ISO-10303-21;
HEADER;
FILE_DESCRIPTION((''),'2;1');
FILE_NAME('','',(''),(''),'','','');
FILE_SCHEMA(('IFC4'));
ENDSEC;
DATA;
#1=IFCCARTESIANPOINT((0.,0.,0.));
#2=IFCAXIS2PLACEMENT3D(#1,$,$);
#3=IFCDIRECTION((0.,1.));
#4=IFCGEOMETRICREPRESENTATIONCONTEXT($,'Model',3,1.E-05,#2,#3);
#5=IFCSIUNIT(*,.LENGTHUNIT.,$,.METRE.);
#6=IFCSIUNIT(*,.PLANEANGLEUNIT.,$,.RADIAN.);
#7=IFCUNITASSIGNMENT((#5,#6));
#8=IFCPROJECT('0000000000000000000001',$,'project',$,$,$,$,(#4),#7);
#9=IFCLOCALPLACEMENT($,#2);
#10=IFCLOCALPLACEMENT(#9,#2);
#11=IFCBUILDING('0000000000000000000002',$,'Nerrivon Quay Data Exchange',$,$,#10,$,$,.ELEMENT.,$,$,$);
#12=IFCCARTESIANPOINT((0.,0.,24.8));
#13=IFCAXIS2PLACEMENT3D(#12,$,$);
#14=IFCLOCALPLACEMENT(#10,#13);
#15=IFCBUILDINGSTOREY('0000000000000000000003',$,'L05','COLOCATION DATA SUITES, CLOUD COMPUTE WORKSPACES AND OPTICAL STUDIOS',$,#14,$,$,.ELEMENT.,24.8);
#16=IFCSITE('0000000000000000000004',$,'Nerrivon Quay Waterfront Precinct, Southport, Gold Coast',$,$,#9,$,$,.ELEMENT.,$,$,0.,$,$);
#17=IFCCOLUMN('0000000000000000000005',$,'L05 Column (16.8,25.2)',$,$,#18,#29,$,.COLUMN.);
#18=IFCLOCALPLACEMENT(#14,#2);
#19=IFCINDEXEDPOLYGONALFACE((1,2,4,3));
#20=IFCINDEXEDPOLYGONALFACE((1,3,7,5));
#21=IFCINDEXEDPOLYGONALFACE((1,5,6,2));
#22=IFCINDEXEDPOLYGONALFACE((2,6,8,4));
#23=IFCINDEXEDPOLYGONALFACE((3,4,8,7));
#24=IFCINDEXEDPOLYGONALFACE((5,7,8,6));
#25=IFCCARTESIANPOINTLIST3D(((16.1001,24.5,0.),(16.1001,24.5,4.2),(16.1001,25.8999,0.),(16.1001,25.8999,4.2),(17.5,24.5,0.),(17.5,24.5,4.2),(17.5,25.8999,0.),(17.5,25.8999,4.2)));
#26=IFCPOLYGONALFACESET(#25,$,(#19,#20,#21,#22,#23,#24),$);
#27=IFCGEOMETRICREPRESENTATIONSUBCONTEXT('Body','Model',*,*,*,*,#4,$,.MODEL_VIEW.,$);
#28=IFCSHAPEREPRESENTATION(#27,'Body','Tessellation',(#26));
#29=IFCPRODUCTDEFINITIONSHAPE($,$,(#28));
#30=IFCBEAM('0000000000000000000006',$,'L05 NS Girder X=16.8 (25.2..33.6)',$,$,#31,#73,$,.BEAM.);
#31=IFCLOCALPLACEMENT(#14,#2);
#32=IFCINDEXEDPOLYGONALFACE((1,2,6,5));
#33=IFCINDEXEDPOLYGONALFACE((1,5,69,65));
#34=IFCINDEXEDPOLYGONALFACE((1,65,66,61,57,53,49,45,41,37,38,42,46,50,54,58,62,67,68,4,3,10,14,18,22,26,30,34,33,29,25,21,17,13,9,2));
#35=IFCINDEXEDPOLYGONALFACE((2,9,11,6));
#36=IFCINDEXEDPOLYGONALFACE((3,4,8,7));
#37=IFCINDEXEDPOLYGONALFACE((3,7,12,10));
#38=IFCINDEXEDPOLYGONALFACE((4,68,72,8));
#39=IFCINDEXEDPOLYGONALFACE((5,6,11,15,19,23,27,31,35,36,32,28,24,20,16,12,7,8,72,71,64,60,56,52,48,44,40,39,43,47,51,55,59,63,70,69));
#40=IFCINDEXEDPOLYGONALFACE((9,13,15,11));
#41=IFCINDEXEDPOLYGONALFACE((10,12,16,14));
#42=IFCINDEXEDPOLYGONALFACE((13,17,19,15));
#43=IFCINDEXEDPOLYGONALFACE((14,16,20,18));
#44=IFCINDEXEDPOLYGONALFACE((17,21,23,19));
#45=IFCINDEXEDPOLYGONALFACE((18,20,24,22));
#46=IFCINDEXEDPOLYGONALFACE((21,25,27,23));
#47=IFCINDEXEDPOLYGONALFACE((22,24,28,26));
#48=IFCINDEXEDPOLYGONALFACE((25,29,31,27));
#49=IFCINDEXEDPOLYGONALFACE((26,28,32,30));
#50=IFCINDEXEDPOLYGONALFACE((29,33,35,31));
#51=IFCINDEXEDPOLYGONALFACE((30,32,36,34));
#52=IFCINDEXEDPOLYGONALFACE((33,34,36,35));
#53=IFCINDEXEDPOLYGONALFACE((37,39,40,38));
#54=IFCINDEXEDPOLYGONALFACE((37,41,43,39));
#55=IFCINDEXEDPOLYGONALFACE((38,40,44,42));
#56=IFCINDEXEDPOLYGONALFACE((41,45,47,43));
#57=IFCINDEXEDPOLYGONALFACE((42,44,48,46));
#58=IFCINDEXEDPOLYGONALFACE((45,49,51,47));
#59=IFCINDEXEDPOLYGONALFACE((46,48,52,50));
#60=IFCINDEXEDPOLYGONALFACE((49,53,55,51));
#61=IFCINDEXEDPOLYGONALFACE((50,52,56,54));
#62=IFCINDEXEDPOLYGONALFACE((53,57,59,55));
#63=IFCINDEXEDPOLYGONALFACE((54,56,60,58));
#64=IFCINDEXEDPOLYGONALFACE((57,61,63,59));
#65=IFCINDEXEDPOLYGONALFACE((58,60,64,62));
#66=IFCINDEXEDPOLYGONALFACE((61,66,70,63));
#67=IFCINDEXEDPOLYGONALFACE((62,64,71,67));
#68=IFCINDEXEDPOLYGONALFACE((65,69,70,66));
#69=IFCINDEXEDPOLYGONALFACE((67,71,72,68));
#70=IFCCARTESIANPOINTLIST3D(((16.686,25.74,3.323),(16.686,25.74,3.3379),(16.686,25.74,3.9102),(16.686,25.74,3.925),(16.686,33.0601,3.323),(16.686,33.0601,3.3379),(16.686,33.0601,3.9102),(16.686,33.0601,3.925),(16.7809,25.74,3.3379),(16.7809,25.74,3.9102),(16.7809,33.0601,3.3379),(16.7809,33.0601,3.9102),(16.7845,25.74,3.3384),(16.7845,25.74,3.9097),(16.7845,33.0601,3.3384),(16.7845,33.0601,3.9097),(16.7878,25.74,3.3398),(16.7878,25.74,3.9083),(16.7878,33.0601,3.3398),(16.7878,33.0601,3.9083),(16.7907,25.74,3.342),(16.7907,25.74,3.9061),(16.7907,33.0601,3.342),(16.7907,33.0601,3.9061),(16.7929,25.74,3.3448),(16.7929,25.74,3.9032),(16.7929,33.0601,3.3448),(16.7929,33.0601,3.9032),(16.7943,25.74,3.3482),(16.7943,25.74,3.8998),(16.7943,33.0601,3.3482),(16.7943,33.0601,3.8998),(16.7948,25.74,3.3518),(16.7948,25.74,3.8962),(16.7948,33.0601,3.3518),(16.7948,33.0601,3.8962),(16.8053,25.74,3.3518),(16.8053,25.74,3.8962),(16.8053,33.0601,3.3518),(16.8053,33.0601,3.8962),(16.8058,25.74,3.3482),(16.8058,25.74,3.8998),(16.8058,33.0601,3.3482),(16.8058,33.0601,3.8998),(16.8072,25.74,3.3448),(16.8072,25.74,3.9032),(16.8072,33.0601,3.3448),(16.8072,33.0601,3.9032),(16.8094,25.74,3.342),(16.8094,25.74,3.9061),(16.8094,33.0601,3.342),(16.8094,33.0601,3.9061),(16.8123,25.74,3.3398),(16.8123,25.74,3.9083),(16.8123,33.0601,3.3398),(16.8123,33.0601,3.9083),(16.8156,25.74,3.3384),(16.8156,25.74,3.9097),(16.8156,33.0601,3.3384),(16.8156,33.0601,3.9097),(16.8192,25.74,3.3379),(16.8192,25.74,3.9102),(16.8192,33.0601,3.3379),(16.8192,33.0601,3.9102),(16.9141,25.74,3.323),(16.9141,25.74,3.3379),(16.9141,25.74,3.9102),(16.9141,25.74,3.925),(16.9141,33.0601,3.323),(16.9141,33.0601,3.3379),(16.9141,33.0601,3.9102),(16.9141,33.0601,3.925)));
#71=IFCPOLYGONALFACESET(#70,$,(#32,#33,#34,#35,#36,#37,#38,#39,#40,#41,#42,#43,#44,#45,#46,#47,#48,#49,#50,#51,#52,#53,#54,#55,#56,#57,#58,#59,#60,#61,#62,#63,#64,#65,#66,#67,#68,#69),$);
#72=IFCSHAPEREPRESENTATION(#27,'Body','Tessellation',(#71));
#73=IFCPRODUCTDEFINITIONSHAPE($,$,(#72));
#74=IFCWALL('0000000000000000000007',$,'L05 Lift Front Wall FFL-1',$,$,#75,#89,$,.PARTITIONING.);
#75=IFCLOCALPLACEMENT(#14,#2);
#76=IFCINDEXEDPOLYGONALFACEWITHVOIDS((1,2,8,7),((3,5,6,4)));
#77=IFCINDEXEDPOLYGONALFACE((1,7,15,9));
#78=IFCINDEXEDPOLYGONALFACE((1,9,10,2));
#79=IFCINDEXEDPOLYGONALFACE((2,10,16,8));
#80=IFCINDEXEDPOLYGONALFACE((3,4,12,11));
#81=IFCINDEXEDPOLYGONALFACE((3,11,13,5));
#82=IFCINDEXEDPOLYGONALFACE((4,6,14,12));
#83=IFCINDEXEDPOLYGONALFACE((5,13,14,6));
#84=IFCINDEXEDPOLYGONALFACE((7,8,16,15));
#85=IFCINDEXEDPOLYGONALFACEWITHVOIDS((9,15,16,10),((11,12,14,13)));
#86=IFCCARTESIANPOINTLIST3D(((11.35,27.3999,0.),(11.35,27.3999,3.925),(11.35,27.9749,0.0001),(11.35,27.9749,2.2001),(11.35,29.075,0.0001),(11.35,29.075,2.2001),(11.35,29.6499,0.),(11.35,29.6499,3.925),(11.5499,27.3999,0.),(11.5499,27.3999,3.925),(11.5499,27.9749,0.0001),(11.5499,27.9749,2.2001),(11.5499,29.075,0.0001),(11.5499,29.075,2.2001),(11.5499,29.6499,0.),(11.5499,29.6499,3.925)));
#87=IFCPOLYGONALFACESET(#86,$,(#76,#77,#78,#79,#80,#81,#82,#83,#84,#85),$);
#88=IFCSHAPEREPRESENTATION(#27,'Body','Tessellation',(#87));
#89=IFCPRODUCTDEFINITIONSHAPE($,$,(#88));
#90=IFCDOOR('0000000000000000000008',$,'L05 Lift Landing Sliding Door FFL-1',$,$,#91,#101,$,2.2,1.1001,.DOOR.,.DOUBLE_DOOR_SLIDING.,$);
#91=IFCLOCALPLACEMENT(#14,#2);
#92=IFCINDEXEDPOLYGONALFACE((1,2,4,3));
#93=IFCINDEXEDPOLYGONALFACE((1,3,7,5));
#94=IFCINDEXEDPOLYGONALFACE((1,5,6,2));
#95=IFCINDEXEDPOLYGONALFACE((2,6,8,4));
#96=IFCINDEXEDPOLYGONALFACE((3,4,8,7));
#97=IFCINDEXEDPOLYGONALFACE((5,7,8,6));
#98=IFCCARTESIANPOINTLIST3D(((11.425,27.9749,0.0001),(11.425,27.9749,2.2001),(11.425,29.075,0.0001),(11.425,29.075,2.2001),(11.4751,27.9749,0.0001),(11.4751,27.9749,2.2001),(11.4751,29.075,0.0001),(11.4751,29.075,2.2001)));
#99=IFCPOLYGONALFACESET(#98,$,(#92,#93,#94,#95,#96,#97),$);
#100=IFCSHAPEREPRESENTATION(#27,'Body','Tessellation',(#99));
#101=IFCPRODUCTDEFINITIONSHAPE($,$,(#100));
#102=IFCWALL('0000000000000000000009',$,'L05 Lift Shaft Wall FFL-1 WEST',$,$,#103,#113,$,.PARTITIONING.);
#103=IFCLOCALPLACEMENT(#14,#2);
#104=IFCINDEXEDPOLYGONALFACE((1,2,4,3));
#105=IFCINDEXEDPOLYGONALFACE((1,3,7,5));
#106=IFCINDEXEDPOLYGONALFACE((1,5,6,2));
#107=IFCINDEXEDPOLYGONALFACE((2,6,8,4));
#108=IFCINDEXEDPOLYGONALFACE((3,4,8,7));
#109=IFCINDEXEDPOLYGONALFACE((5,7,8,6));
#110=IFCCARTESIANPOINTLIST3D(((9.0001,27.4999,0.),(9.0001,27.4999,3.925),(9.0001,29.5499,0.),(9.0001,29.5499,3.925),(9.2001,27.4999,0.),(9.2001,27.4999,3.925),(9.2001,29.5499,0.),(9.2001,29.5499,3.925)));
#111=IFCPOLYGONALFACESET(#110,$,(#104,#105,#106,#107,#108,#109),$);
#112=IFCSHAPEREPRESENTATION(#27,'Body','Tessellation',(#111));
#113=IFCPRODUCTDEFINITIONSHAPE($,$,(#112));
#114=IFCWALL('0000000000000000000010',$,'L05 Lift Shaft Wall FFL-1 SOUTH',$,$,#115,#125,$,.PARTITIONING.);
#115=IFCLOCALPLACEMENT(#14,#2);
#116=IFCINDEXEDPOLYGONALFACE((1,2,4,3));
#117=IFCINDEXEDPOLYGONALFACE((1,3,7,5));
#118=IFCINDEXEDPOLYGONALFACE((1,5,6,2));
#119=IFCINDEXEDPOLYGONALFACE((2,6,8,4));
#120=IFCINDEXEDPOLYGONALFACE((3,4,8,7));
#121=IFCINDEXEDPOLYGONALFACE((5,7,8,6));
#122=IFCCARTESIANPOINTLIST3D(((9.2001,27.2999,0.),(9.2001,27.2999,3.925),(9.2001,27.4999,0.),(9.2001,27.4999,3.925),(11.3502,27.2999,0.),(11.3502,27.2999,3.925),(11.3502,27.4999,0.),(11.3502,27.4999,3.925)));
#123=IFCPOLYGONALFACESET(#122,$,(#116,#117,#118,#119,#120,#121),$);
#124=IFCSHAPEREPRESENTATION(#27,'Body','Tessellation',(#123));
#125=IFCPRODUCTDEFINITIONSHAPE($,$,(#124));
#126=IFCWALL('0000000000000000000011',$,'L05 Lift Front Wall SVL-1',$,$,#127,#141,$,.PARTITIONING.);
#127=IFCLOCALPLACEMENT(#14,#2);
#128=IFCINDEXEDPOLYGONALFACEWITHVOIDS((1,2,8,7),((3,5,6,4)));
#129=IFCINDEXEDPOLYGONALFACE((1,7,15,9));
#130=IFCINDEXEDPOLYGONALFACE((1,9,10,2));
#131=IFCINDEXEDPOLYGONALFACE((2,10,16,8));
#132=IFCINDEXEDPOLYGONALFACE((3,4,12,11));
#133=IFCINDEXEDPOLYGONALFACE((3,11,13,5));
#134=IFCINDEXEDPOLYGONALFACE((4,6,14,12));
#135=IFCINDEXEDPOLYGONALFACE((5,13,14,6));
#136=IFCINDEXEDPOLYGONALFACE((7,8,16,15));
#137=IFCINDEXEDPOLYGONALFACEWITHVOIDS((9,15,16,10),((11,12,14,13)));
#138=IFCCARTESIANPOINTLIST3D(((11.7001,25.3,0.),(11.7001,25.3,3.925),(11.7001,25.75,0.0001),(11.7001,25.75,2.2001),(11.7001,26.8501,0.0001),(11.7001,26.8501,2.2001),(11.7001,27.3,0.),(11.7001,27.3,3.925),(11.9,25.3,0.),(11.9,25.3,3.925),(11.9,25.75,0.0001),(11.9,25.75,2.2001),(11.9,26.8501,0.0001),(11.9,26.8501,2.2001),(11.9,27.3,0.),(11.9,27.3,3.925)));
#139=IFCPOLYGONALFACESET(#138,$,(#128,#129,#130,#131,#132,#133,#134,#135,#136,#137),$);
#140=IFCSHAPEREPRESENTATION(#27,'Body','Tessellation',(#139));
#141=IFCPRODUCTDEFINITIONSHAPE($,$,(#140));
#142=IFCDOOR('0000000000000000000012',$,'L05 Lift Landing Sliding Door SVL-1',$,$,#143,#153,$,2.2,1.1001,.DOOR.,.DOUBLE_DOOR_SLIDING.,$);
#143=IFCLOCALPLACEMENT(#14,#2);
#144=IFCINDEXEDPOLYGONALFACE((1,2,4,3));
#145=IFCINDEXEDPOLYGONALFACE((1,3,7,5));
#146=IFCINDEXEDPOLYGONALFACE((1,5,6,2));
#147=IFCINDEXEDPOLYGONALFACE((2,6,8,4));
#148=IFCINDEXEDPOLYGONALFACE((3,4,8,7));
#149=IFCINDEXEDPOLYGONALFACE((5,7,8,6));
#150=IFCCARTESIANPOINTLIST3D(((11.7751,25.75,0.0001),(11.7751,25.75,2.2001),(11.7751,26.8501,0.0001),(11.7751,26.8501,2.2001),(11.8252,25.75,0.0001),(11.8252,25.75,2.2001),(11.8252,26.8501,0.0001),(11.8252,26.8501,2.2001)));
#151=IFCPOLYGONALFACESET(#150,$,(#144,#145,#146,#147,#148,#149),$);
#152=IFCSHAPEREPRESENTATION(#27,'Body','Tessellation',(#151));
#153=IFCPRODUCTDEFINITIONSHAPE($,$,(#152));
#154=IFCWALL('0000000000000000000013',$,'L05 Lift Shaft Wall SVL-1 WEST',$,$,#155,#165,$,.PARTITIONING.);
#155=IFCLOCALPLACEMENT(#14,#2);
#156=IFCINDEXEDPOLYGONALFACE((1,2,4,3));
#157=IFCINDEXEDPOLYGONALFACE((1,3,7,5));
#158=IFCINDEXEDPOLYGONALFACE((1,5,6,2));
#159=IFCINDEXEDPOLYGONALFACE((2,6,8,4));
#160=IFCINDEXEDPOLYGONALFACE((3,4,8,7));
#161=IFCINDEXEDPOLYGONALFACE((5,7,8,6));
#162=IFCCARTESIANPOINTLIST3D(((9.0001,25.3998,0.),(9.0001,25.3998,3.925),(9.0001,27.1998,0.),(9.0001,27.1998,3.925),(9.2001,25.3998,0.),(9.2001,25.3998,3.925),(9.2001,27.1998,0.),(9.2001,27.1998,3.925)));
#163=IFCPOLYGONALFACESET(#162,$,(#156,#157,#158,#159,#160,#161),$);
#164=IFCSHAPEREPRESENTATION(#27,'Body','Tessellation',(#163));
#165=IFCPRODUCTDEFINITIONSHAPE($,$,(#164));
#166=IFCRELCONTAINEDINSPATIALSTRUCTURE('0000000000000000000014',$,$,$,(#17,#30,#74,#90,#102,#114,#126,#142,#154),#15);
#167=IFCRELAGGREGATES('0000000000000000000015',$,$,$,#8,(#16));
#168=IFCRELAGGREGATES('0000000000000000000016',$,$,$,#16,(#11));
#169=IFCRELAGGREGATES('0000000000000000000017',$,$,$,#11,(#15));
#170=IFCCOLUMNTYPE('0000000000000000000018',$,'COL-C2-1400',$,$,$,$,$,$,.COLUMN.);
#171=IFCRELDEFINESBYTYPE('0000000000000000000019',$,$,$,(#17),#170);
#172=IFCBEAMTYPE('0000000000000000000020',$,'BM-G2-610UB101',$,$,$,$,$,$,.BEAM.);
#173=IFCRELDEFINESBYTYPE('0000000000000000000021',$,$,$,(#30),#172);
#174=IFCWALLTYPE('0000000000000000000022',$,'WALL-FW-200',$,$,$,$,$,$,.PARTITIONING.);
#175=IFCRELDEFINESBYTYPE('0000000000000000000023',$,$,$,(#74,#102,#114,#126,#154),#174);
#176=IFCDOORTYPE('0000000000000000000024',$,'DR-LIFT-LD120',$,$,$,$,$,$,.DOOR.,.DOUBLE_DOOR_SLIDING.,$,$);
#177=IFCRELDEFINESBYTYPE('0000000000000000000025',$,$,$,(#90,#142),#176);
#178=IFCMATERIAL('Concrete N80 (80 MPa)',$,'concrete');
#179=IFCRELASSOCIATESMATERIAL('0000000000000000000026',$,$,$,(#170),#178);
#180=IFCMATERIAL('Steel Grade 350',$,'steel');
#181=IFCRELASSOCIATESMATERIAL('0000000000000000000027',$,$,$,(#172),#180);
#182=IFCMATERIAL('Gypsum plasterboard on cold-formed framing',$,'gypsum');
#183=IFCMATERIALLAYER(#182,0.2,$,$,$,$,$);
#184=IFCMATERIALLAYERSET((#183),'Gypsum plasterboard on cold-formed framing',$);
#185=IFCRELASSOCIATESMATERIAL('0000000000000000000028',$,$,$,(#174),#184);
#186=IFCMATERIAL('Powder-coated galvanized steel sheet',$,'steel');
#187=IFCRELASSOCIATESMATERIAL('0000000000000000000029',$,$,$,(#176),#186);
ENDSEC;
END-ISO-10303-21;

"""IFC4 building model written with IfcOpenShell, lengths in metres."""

from ifc_helpers import new_model, si_unit, direction, frame, frame_2d, origin, origin_2d, place, context, subcontext, project, spatial, rectangle, i_section, extrude, material, layer, layer_set, material_profile, profile_set, type_object, element, fill, save


model = new_model("IFC4")

# Units and contexts
model_context = context("Model", 3, precision=1e-05, world=origin(), true_north=direction((0.0, 1.0)))
body_context = subcontext(model_context, "Body", "Model", "MODEL_VIEW")
ifc_project = project(units=[si_unit("LENGTHUNIT", "METRE"), si_unit("PLANEANGLEUNIT", "RADIAN")], contexts=[model_context])

# Site, building, storey
site_placement = place(None, origin())
site = spatial("IfcSite", under=ifc_project, at=site_placement, Name="Nerrivon Quay Waterfront Precinct, Southport, Gold Coast", CompositionType="ELEMENT", RefElevation=0.0)
building_placement = place(site_placement, origin())
building = spatial("IfcBuilding", under=site, at=building_placement, Name="Nerrivon Quay Data Exchange", CompositionType="ELEMENT")
storey_placement = place(building_placement, frame((0.0, 0.0, 24.8)))
storey = spatial("IfcBuildingStorey", under=building, at=storey_placement, Name="L05", Description="COLOCATION DATA SUITES, CLOUD COMPUTE WORKSPACES AND OPTICAL STUDIOS", CompositionType="ELEMENT", Elevation=24.8)

# Column
ifc_material_1 = material(Name="Concrete N80 (80 MPa)", Category="concrete")
ifc_material_profile_1 = material_profile(ifc_material_1, rectangle(XDim=1.3999, YDim=1.3999, at=origin_2d()), Name="RC-COL-1400x1400")
ifc_profile_set_1 = profile_set([ifc_material_profile_1], Name="Concrete N80 (80 MPa)")
column_type = type_object("IfcColumnType", Name="COL-C2-1400", PredefinedType="COLUMN", material=ifc_profile_set_1)
column_placement = place(storey_placement, frame((16.8, 25.2, 0.0), z_axis=(0.0, 0.0, 1.0), x_axis=(1.0, 0.0, 0.0)))
element("IfcColumn", 1, at=column_placement, inside=storey, type_object=column_type, Name="L05 Column (16.8,25.2)", PredefinedType="COLUMN", context=body_context, shape_type="SweptSolid", body=[
    extrude(rectangle(XDim=1.3999, YDim=1.3999, at=origin_2d()), origin(), (0.0, 0.0, 1.0), 4.2),
])

# Beam
ifc_material_2 = material(Name="Steel Grade 350", Category="steel")
ifc_material_profile_2 = material_profile(ifc_material_2, i_section(OverallWidth=0.228, OverallDepth=0.6021, WebThickness=0.0105, FlangeThickness=0.0149, FilletRadius=0.0139, at=origin_2d()), Name="610UB101")
ifc_profile_set_2 = profile_set([ifc_material_profile_2], Name="Steel Grade 350")
beam_type = type_object("IfcBeamType", Name="BM-G2-610UB101", PredefinedType="BEAM", material=ifc_profile_set_2)
beam_placement = place(storey_placement, frame((16.8, 25.74, 3.624), z_axis=(0.0, 1.0, 0.0), x_axis=(-1.0, 0.0, 0.0)))
element("IfcBeam", 2, at=beam_placement, inside=storey, type_object=beam_type, Name="L05 NS Girder X=16.8 (25.2..33.6)", PredefinedType="BEAM", context=body_context, shape_type="SweptSolid", body=[
    extrude(i_section(OverallWidth=0.228, OverallDepth=0.6021, WebThickness=0.0105, FlangeThickness=0.0149, FilletRadius=0.0139, at=origin_2d()), origin(), (0.0, 0.0, 1.0), 7.3201),
])

# Wall, opening, door
ifc_material_3 = material(Name="Powder-coated galvanized steel sheet", Category="steel")
ifc_material_4 = material(Name="Gypsum plasterboard on cold-formed framing", Category="gypsum")
ifc_layer_1 = layer(ifc_material_4, 0.2)
ifc_layer_set_1 = layer_set([ifc_layer_1], Name="Gypsum plasterboard on cold-formed framing")
wall_type_1 = type_object("IfcWallType", Name="WALL-FW-200", PredefinedType="PARTITIONING", material=ifc_layer_set_1)
wall_1_placement = place(storey_placement, frame((11.45, 27.3999, 0.0), z_axis=(0.0, 0.0, 1.0), x_axis=(0.0, 1.0, 0.0)))
wall_1 = element("IfcWall", 3, at=wall_1_placement, inside=storey, type_object=wall_type_1, Name="L05 Lift Front Wall FFL-1", PredefinedType="PARTITIONING", context=body_context, shape_type="SweptSolid", body=[
    extrude(rectangle(XDim=2.25, YDim=0.2, at=frame_2d((1.125, 0.0))), origin(), (0.0, 0.0, 1.0), 3.925),
])
opening_1_placement = place(wall_1_placement, frame((0.575, 0.0, 0.0)))
opening_1 = element("IfcOpeningElement", 4, at=opening_1_placement, cuts=wall_1, PredefinedType="OPENING", context=body_context, shape_type="SweptSolid", body=[
    extrude(rectangle(XDim=1.1001, YDim=2.2, at=frame_2d((0.55, 1.1001))), frame((0.0, 0.1099, 0.0), z_axis=(0.0, -1.0, 0.0), x_axis=(1.0, 0.0, 0.0)), (0.0, 0.0, 1.0), 0.22),
])
door_type_1 = type_object("IfcDoorType", Name="DR-LIFT-LD120", OperationType="DOUBLE_DOOR_SLIDING", PredefinedType="DOOR", material=ifc_material_3)
door_1_placement = place(opening_1_placement, origin())
door_1 = element("IfcDoor", 5, at=door_1_placement, inside=storey, type_object=door_type_1, Name="L05 Lift Landing Sliding Door FFL-1", OperationType="DOUBLE_DOOR_SLIDING", OverallHeight=2.2, OverallWidth=1.1001, PredefinedType="DOOR", context=body_context, shape_type="SweptSolid", body=[
    extrude(rectangle(XDim=1.1001, YDim=2.2, at=frame_2d((0.55, 1.1001))), frame((0.0, 0.0249, 0.0), z_axis=(0.0, -1.0, 0.0), x_axis=(1.0, 0.0, 0.0)), (0.0, 0.0, 1.0), 0.05),
])
fill(opening_1, door_1)

# Walls
wall_2_placement = place(storey_placement, frame((9.1001, 27.5, 0.0), z_axis=(0.0, 0.0, 1.0), x_axis=(0.0, 1.0, 0.0)))
element("IfcWall", 6, at=wall_2_placement, inside=storey, type_object=wall_type_1, Name="L05 Lift Shaft Wall FFL-1 WEST", PredefinedType="PARTITIONING", context=body_context, shape_type="SweptSolid", body=[
    extrude(rectangle(XDim=2.05, YDim=0.2, at=frame_2d((1.0249, 0.0))), origin(), (0.0, 0.0, 1.0), 3.925),
])
wall_3_placement = place(storey_placement, frame((9.2, 27.3999, 0.0), z_axis=(0.0, 0.0, 1.0), x_axis=(1.0, 0.0, 0.0)))
element("IfcWall", 7, at=wall_3_placement, inside=storey, type_object=wall_type_1, Name="L05 Lift Shaft Wall FFL-1 SOUTH", PredefinedType="PARTITIONING", context=body_context, shape_type="SweptSolid", body=[
    extrude(rectangle(XDim=2.1501, YDim=0.2, at=frame_2d((1.0752, 0.0))), origin(), (0.0, 0.0, 1.0), 3.925),
])

# Wall, opening, door
wall_4_placement = place(storey_placement, frame((11.8, 25.3, 0.0), z_axis=(0.0, 0.0, 1.0), x_axis=(0.0, 1.0, 0.0)))
wall_4 = element("IfcWall", 8, at=wall_4_placement, inside=storey, type_object=wall_type_1, Name="L05 Lift Front Wall SVL-1", PredefinedType="PARTITIONING", context=body_context, shape_type="SweptSolid", body=[
    extrude(rectangle(XDim=2.0, YDim=0.2, at=frame_2d((1.0, 0.0))), origin(), (0.0, 0.0, 1.0), 3.925),
])
opening_2_placement = place(wall_4_placement, frame((0.45, 0.0, 0.0)))
opening_2 = element("IfcOpeningElement", 9, at=opening_2_placement, cuts=wall_4, PredefinedType="OPENING", context=body_context, shape_type="SweptSolid", body=[
    extrude(rectangle(XDim=1.1001, YDim=2.2, at=frame_2d((0.55, 1.1001))), frame((0.0, 0.1099, 0.0), z_axis=(0.0, -1.0, 0.0), x_axis=(1.0, 0.0, 0.0)), (0.0, 0.0, 1.0), 0.22),
])
door_2_placement = place(opening_2_placement, origin())
door_2 = element("IfcDoor", 10, at=door_2_placement, inside=storey, type_object=door_type_1, Name="L05 Lift Landing Sliding Door SVL-1", OperationType="DOUBLE_DOOR_SLIDING", OverallHeight=2.2, OverallWidth=1.1001, PredefinedType="DOOR", context=body_context, shape_type="SweptSolid", body=[
    extrude(rectangle(XDim=1.1001, YDim=2.2, at=frame_2d((0.55, 1.1001))), frame((0.0, 0.0249, 0.0), z_axis=(0.0, -1.0, 0.0), x_axis=(1.0, 0.0, 0.0)), (0.0, 0.0, 1.0), 0.05),
])
fill(opening_2, door_2)

# Wall
wall_5_placement = place(storey_placement, frame((9.1001, 25.3999, 0.0), z_axis=(0.0, 0.0, 1.0), x_axis=(0.0, 1.0, 0.0)))
element("IfcWall", 11, at=wall_5_placement, inside=storey, type_object=wall_type_1, Name="L05 Lift Shaft Wall SVL-1 WEST", PredefinedType="PARTITIONING", context=body_context, shape_type="SweptSolid", body=[
    extrude(rectangle(XDim=1.8, YDim=0.2, at=frame_2d((0.8999, 0.0))), origin(), (0.0, 0.0, 1.0), 3.925),
])

save(model, "model.ifc")
